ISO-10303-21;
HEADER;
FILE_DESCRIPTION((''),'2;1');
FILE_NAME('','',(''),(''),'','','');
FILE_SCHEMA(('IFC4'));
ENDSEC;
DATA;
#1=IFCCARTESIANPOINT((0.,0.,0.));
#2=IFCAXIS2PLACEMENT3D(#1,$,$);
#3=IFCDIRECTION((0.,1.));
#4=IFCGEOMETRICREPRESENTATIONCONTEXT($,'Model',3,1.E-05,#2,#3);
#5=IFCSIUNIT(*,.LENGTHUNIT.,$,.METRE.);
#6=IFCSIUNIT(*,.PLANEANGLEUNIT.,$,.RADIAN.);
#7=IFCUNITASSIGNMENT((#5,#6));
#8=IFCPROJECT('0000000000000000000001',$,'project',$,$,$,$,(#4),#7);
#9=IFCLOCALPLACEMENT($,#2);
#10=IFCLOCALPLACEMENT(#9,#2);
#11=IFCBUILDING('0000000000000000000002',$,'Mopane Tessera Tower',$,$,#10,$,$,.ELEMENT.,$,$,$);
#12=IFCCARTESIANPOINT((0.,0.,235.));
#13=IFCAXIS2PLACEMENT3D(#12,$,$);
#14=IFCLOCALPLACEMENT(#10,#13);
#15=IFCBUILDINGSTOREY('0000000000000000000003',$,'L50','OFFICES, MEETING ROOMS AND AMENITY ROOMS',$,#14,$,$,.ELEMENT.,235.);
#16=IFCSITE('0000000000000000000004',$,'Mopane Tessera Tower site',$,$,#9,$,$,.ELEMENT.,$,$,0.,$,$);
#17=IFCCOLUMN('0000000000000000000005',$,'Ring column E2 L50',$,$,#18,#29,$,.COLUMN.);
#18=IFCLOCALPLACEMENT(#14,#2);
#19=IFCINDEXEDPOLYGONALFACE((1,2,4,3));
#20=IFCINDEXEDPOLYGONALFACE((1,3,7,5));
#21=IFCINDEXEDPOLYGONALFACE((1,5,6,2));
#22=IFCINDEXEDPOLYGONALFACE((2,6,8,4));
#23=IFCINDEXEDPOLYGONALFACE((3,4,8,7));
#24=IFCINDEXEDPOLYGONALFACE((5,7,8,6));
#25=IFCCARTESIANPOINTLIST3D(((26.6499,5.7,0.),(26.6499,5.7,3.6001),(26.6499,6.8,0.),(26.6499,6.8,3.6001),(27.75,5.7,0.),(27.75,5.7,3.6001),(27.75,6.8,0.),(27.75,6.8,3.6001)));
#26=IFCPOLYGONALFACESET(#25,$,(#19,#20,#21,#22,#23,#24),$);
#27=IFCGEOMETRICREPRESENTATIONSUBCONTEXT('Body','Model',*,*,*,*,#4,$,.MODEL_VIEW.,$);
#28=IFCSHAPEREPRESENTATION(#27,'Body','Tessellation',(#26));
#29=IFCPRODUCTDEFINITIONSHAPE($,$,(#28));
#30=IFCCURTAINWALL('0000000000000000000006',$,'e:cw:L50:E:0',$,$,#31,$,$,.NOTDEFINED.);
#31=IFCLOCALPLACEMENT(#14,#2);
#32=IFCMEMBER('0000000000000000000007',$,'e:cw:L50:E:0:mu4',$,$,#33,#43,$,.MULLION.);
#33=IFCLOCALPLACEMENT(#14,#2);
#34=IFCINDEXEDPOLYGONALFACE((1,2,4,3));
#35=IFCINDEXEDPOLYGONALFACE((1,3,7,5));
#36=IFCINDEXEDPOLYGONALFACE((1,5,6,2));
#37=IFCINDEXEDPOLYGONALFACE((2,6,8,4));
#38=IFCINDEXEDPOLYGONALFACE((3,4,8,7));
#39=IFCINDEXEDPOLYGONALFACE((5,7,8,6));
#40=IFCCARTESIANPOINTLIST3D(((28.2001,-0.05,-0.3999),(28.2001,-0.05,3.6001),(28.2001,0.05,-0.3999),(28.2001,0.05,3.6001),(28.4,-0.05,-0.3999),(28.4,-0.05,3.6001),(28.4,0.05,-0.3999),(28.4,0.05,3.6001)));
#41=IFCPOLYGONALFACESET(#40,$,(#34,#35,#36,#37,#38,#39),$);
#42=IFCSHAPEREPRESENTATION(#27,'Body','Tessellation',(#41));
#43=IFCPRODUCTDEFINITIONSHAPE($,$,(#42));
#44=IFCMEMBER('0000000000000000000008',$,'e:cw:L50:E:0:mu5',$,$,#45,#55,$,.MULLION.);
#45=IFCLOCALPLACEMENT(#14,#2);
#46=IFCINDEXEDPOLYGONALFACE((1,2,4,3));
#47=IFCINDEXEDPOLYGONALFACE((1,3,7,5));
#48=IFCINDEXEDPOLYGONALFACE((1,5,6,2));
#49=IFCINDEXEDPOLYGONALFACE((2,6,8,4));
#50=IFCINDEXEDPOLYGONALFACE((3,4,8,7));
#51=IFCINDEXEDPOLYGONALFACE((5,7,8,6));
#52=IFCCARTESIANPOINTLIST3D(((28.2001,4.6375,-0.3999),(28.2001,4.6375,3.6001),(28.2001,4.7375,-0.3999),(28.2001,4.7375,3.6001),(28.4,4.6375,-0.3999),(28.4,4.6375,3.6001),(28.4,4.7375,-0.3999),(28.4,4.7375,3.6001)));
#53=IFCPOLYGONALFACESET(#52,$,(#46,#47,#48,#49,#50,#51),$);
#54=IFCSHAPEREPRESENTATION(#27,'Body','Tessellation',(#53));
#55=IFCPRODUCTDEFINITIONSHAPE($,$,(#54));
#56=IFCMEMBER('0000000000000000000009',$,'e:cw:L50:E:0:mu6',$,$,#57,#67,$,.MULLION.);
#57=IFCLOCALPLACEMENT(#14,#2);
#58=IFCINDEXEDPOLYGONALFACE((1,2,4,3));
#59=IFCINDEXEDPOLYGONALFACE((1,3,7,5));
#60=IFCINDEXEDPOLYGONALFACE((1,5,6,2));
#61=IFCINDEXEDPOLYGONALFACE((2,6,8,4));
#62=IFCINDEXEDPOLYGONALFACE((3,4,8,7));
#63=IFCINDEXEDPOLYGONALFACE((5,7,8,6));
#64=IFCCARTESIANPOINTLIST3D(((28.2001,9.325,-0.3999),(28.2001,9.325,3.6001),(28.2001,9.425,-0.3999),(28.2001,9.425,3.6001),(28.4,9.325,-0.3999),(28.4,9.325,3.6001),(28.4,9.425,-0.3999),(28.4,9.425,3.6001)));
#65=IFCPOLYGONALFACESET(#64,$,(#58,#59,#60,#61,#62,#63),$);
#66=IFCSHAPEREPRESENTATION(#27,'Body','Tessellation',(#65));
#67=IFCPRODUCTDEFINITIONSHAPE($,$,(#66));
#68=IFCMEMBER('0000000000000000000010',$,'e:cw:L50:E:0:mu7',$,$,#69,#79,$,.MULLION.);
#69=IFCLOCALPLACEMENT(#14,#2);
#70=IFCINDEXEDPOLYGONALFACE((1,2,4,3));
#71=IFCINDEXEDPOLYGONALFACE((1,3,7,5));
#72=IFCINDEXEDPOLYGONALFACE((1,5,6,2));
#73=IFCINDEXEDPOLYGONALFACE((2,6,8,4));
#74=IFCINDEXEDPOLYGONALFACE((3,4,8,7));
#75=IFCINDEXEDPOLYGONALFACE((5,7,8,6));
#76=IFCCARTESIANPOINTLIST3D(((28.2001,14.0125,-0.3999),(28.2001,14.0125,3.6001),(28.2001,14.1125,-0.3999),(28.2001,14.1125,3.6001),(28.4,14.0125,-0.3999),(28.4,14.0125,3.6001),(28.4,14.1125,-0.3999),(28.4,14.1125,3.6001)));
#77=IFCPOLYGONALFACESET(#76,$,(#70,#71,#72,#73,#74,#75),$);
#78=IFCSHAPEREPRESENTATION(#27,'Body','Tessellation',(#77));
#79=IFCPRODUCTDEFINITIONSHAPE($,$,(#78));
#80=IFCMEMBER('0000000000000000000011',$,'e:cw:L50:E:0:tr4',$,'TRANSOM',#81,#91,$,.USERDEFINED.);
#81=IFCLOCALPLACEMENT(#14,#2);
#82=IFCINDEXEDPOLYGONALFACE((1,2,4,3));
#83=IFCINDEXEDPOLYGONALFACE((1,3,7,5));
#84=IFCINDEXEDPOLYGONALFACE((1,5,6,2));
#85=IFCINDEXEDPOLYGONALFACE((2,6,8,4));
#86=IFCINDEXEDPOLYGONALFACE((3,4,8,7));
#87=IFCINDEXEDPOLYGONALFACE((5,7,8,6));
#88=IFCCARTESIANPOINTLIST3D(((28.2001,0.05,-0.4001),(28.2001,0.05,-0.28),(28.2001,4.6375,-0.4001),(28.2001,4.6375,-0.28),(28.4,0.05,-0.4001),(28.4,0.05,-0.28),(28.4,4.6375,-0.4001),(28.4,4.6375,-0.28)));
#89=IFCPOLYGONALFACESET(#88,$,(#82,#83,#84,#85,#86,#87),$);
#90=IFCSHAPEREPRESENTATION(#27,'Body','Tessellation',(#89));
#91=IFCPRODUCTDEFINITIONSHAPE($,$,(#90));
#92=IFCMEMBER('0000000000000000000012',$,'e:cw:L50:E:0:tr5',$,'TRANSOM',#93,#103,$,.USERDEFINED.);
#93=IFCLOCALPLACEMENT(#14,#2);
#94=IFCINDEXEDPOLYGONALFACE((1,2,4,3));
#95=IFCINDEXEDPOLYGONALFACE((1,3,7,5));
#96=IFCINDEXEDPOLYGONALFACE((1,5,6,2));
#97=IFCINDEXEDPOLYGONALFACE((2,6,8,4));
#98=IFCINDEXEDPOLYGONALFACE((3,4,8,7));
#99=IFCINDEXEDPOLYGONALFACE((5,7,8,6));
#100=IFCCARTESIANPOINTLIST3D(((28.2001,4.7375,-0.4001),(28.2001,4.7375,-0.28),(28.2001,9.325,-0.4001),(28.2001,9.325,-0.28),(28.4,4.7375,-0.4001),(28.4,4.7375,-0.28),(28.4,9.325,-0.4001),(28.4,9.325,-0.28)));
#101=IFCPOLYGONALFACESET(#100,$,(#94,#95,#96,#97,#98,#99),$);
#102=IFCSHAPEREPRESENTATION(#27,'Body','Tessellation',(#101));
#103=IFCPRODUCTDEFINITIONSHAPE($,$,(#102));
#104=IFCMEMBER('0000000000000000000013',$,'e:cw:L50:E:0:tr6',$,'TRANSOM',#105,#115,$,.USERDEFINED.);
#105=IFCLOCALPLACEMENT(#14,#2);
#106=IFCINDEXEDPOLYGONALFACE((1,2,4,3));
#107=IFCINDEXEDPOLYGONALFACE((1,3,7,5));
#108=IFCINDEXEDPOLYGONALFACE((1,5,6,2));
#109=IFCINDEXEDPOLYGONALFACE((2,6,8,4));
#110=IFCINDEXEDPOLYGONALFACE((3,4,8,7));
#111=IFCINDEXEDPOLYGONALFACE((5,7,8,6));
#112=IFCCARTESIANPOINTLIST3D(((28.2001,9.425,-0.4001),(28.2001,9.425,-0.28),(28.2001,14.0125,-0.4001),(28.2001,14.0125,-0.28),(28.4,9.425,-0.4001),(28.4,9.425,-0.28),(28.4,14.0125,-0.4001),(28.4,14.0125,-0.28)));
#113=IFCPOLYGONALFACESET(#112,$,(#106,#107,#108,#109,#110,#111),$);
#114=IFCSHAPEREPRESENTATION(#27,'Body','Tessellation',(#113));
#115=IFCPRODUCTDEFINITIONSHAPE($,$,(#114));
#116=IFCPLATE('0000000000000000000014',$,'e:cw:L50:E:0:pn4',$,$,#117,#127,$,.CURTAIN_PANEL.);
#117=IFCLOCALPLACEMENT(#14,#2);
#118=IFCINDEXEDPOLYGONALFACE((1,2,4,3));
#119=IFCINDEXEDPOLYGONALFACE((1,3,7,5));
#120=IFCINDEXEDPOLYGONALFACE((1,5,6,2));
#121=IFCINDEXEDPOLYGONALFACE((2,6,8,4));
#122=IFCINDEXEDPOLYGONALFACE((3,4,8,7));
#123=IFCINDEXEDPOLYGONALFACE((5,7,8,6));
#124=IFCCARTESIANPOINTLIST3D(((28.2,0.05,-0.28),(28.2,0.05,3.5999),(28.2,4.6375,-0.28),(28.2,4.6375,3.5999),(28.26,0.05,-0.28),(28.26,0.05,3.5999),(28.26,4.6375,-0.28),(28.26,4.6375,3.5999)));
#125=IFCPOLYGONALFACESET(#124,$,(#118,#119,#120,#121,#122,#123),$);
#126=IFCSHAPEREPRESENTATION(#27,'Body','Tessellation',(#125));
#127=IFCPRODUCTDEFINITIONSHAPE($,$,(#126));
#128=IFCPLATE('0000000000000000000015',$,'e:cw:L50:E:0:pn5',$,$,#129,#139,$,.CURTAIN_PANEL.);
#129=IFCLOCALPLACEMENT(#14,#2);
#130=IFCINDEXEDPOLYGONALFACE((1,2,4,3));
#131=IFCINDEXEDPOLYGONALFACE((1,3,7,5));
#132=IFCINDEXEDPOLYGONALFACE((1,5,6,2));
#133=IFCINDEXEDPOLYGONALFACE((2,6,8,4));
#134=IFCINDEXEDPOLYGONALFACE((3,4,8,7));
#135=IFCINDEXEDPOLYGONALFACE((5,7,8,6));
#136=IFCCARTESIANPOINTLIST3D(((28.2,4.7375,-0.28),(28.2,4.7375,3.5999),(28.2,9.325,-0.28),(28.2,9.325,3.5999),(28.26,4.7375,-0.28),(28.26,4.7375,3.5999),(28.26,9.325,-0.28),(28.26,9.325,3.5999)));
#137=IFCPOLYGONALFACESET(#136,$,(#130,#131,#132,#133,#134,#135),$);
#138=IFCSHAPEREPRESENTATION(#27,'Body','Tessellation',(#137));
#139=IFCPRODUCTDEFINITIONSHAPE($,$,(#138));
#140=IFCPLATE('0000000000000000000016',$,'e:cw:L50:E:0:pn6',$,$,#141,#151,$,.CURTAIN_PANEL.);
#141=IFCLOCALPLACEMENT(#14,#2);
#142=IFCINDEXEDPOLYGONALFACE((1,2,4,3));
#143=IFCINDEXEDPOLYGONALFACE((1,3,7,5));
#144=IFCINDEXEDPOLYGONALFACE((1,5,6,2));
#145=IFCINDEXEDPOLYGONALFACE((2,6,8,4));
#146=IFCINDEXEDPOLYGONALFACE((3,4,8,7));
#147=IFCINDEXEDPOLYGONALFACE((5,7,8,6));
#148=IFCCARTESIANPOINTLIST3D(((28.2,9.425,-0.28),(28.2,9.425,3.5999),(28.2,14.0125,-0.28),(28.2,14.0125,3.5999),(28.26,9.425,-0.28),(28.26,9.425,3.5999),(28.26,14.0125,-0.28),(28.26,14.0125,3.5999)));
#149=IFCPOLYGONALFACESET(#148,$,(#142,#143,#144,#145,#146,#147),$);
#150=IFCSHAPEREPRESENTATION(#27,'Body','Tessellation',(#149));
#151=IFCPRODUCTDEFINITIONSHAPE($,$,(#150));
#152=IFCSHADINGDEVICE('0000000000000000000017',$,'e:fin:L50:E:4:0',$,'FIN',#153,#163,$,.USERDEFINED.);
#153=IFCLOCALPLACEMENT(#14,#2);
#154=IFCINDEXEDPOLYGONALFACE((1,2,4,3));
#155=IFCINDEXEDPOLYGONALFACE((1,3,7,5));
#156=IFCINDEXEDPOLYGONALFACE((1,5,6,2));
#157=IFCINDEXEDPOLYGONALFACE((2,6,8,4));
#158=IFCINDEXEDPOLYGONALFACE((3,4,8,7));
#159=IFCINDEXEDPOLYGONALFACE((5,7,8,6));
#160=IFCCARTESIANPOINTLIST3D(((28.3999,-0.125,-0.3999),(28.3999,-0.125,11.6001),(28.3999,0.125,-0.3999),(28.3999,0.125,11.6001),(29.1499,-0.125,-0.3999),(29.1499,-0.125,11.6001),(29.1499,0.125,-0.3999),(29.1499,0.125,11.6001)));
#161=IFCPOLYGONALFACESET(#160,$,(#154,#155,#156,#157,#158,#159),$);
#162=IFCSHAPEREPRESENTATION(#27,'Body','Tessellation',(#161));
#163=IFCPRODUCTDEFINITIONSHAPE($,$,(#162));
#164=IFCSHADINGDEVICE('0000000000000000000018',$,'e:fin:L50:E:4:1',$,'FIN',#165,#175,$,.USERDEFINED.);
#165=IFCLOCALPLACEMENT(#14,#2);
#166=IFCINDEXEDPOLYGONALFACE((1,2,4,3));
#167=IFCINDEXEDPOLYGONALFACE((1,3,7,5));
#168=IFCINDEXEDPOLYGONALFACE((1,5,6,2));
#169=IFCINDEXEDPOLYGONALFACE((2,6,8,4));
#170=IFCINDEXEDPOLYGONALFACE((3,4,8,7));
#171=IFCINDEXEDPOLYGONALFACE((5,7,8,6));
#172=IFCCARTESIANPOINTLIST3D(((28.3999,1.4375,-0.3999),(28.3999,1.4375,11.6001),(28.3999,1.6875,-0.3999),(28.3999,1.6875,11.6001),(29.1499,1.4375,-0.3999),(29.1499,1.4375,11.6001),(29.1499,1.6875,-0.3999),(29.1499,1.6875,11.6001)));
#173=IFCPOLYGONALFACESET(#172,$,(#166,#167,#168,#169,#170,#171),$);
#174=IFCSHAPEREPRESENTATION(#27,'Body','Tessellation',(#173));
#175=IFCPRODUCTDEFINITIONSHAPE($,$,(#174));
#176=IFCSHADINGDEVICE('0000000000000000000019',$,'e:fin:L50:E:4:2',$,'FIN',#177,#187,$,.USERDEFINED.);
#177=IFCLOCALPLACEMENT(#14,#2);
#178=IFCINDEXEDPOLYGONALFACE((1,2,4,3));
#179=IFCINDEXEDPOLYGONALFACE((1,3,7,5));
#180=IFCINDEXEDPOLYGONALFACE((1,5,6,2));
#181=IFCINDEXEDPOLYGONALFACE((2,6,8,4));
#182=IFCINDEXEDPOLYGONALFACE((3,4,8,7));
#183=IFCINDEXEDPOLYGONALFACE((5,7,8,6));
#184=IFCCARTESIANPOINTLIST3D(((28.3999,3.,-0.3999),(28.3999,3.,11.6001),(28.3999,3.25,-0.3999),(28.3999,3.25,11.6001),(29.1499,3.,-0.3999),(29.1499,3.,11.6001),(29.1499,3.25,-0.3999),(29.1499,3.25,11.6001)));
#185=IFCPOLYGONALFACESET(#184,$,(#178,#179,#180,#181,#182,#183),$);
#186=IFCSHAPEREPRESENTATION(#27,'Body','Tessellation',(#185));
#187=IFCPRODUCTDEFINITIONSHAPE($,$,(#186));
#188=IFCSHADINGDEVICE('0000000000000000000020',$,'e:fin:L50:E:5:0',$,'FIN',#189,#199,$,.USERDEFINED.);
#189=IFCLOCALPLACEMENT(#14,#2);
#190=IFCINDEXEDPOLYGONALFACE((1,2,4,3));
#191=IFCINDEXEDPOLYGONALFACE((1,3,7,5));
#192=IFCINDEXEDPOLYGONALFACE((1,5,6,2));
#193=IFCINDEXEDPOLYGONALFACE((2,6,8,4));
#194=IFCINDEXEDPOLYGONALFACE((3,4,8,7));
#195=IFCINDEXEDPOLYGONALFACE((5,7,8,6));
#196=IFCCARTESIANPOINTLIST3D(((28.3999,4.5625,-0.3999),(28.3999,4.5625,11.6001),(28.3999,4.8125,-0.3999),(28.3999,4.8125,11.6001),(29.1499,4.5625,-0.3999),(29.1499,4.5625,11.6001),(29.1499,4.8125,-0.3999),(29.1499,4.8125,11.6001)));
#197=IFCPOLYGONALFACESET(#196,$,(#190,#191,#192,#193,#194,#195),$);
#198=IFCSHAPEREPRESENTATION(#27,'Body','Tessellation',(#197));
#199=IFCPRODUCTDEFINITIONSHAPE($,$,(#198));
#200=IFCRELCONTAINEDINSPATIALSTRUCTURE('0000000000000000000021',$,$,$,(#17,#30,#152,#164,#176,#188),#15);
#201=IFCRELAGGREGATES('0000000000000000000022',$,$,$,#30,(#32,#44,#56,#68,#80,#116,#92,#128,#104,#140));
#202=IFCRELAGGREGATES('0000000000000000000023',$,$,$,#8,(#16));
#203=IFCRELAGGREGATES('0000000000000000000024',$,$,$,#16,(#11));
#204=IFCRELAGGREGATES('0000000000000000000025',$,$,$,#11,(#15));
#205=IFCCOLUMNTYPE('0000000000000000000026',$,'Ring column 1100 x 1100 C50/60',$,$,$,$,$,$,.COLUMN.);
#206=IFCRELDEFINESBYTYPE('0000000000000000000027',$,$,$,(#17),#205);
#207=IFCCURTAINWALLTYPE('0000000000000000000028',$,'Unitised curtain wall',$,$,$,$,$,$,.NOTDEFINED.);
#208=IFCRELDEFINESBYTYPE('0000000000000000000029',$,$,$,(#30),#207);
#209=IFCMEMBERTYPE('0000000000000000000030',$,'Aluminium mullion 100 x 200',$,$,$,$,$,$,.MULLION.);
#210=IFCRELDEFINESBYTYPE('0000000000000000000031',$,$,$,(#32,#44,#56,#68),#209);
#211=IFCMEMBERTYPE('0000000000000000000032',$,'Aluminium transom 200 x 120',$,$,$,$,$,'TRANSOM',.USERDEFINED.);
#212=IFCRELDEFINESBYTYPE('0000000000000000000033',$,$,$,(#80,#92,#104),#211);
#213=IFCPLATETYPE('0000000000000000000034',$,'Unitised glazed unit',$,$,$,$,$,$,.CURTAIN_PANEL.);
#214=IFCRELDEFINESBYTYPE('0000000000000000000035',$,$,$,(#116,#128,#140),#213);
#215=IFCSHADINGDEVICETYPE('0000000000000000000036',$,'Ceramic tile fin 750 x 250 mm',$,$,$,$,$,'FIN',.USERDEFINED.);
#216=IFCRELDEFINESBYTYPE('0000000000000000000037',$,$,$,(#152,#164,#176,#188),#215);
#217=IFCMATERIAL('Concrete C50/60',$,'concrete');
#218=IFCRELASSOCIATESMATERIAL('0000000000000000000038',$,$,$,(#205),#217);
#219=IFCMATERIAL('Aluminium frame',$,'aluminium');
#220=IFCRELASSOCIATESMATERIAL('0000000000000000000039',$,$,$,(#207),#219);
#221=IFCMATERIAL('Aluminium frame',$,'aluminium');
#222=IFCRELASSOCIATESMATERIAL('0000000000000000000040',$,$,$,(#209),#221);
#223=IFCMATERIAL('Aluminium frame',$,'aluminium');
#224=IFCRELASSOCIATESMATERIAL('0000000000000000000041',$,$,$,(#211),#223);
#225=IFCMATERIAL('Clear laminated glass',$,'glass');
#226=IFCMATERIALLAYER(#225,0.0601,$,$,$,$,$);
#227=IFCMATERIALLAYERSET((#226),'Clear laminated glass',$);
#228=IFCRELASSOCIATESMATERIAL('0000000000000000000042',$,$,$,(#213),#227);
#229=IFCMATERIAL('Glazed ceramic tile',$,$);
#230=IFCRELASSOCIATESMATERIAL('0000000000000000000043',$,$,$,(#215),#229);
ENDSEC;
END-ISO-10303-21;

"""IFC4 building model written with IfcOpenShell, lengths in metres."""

from ifc_helpers import new_model, si_unit, direction, frame, origin, origin_2d, place, context, subcontext, project, spatial, rectangle, extrude, material, layer, layer_set, material_profile, profile_set, type_object, element, aggregate, save


model = new_model("IFC4")

# Units and contexts
model_context = context("Model", 3, precision=1e-05, world=origin(), true_north=direction((0.0, 1.0)))
body_context = subcontext(model_context, "Body", "Model", "MODEL_VIEW")
ifc_project = project(units=[si_unit("LENGTHUNIT", "METRE"), si_unit("PLANEANGLEUNIT", "RADIAN")], contexts=[model_context])

# Site, building, storey
site_placement = place(None, origin())
site = spatial("IfcSite", under=ifc_project, at=site_placement, Name="Mopane Tessera Tower site", CompositionType="ELEMENT", RefElevation=0.0)
building_placement = place(site_placement, origin())
building = spatial("IfcBuilding", under=site, at=building_placement, Name="Mopane Tessera Tower", CompositionType="ELEMENT")
storey_placement = place(building_placement, frame((0.0, 0.0, 235.0)))
storey = spatial("IfcBuildingStorey", under=building, at=storey_placement, Name="L50", Description="OFFICES, MEETING ROOMS AND AMENITY ROOMS", CompositionType="ELEMENT", Elevation=235.0)

# Column
ifc_material_1 = material(Name="Concrete C50/60", Category="concrete")
ifc_material_profile_1 = material_profile(ifc_material_1, rectangle(XDim=1.1001, YDim=1.1001, at=origin_2d()))
ifc_profile_set_1 = profile_set([ifc_material_profile_1], Name="Concrete C50/60")
column_type = type_object("IfcColumnType", Name="Ring column 1100 x 1100 C50/60", PredefinedType="COLUMN", material=ifc_profile_set_1)
column_placement = place(storey_placement, frame((27.2, 6.25, 0.0), z_axis=(0.0, 0.0, 1.0), x_axis=(1.0, 0.0, 0.0)))
element("IfcColumn", 1, at=column_placement, inside=storey, type_object=column_type, Name="Ring column E2 L50", PredefinedType="COLUMN", context=body_context, shape_type="SweptSolid", body=[
    extrude(rectangle(XDim=1.1001, YDim=1.1001, at=origin_2d()), origin(), (0.0, 0.0, 1.0), 3.6001),
])

# Curtain wall, members, plates
ifc_material_2 = material(Name="Aluminium frame", Category="aluminium")
curtain_wall_type = type_object("IfcCurtainWallType", Name="Unitised curtain wall", PredefinedType="NOTDEFINED", material=ifc_material_2)
curtain_wall_placement = place(storey_placement, origin())
curtain_wall = element("IfcCurtainWall", 2, at=curtain_wall_placement, inside=storey, type_object=curtain_wall_type, Name="e:cw:L50:E:0", PredefinedType="NOTDEFINED")
ifc_material_3 = material(Name="Aluminium frame", Category="aluminium")
ifc_material_profile_2 = material_profile(ifc_material_3, rectangle(XDim=0.1001, YDim=0.2, at=origin_2d()))
ifc_profile_set_2 = profile_set([ifc_material_profile_2], Name="Aluminium frame")
member_type_1 = type_object("IfcMemberType", Name="Aluminium mullion 100 x 200", PredefinedType="MULLION", material=ifc_profile_set_2)
member_1_placement = place(storey_placement, frame((28.3, 0.0, -0.3999), z_axis=(0.0, 0.0, 1.0), x_axis=(0.0, 1.0, 0.0)))
member_1 = element("IfcMember", 3, at=member_1_placement, type_object=member_type_1, Name="e:cw:L50:E:0:mu4", PredefinedType="MULLION", context=body_context, shape_type="SweptSolid", body=[
    extrude(rectangle(XDim=0.1001, YDim=0.2, at=origin_2d()), origin(), (0.0, 0.0, 1.0), 4.0),
])
member_2_placement = place(storey_placement, frame((28.3, 4.6875, -0.3999), z_axis=(0.0, 0.0, 1.0), x_axis=(0.0, 1.0, 0.0)))
member_2 = element("IfcMember", 4, at=member_2_placement, type_object=member_type_1, Name="e:cw:L50:E:0:mu5", PredefinedType="MULLION", context=body_context, shape_type="SweptSolid", body=[
    extrude(rectangle(XDim=0.1001, YDim=0.2, at=origin_2d()), origin(), (0.0, 0.0, 1.0), 4.0),
])
member_3_placement = place(storey_placement, frame((28.3, 9.375, -0.3999), z_axis=(0.0, 0.0, 1.0), x_axis=(0.0, 1.0, 0.0)))
member_3 = element("IfcMember", 5, at=member_3_placement, type_object=member_type_1, Name="e:cw:L50:E:0:mu6", PredefinedType="MULLION", context=body_context, shape_type="SweptSolid", body=[
    extrude(rectangle(XDim=0.1001, YDim=0.2, at=origin_2d()), origin(), (0.0, 0.0, 1.0), 4.0),
])
member_4_placement = place(storey_placement, frame((28.3, 14.0625, -0.3999), z_axis=(0.0, 0.0, 1.0), x_axis=(0.0, 1.0, 0.0)))
member_4 = element("IfcMember", 6, at=member_4_placement, type_object=member_type_1, Name="e:cw:L50:E:0:mu7", PredefinedType="MULLION", context=body_context, shape_type="SweptSolid", body=[
    extrude(rectangle(XDim=0.1001, YDim=0.2, at=origin_2d()), origin(), (0.0, 0.0, 1.0), 4.0),
])
ifc_material_4 = material(Name="Aluminium frame", Category="aluminium")
ifc_material_profile_3 = material_profile(ifc_material_4, rectangle(XDim=0.2, YDim=0.1201, at=origin_2d()))
ifc_profile_set_3 = profile_set([ifc_material_profile_3], Name="Aluminium frame")
member_type_2 = type_object("IfcMemberType", Name="Aluminium transom 200 x 120", ElementType="TRANSOM", PredefinedType="USERDEFINED", material=ifc_profile_set_3)
member_5_placement = place(storey_placement, frame((28.3, 0.05, -0.3401), z_axis=(0.0, 1.0, 0.0), x_axis=(-1.0, 0.0, 0.0)))
member_5 = element("IfcMember", 7, at=member_5_placement, type_object=member_type_2, Name="e:cw:L50:E:0:tr4", ObjectType="TRANSOM", PredefinedType="USERDEFINED", context=body_context, shape_type="SweptSolid", body=[
    extrude(rectangle(XDim=0.2, YDim=0.1201, at=origin_2d()), origin(), (0.0, 0.0, 1.0), 4.5874),
])
member_6_placement = place(storey_placement, frame((28.3, 4.7375, -0.3401), z_axis=(0.0, 1.0, 0.0), x_axis=(-1.0, 0.0, 0.0)))
member_6 = element("IfcMember", 8, at=member_6_placement, type_object=member_type_2, Name="e:cw:L50:E:0:tr5", ObjectType="TRANSOM", PredefinedType="USERDEFINED", context=body_context, shape_type="SweptSolid", body=[
    extrude(rectangle(XDim=0.2, YDim=0.1201, at=origin_2d()), origin(), (0.0, 0.0, 1.0), 4.5874),
])
member_7_placement = place(storey_placement, frame((28.3, 9.425, -0.3401), z_axis=(0.0, 1.0, 0.0), x_axis=(-1.0, 0.0, 0.0)))
member_7 = element("IfcMember", 9, at=member_7_placement, type_object=member_type_2, Name="e:cw:L50:E:0:tr6", ObjectType="TRANSOM", PredefinedType="USERDEFINED", context=body_context, shape_type="SweptSolid", body=[
    extrude(rectangle(XDim=0.2, YDim=0.1201, at=origin_2d()), origin(), (0.0, 0.0, 1.0), 4.5874),
])
ifc_material_5 = material(Name="Clear laminated glass", Category="glass")
ifc_layer = layer(ifc_material_5, 0.0601)
ifc_layer_set = layer_set([ifc_layer], Name="Clear laminated glass")
plate_type = type_object("IfcPlateType", Name="Unitised glazed unit", PredefinedType="CURTAIN_PANEL", material=ifc_layer_set)
plate_1_placement = place(storey_placement, frame((28.23, 2.3438, -0.28), z_axis=(0.0, 0.0, 1.0), x_axis=(0.0, 1.0, 0.0)))
plate_1 = element("IfcPlate", 10, at=plate_1_placement, type_object=plate_type, Name="e:cw:L50:E:0:pn4", PredefinedType="CURTAIN_PANEL", context=body_context, shape_type="SweptSolid", body=[
    extrude(rectangle(XDim=4.5874, YDim=0.0601, at=origin_2d()), origin(), (0.0, 0.0, 1.0), 3.8799),
])
plate_2_placement = place(storey_placement, frame((28.23, 7.0312, -0.28), z_axis=(0.0, 0.0, 1.0), x_axis=(0.0, 1.0, 0.0)))
plate_2 = element("IfcPlate", 11, at=plate_2_placement, type_object=plate_type, Name="e:cw:L50:E:0:pn5", PredefinedType="CURTAIN_PANEL", context=body_context, shape_type="SweptSolid", body=[
    extrude(rectangle(XDim=4.5874, YDim=0.0601, at=origin_2d()), origin(), (0.0, 0.0, 1.0), 3.8799),
])
plate_3_placement = place(storey_placement, frame((28.23, 11.7188, -0.28), z_axis=(0.0, 0.0, 1.0), x_axis=(0.0, 1.0, 0.0)))
plate_3 = element("IfcPlate", 12, at=plate_3_placement, type_object=plate_type, Name="e:cw:L50:E:0:pn6", PredefinedType="CURTAIN_PANEL", context=body_context, shape_type="SweptSolid", body=[
    extrude(rectangle(XDim=4.5874, YDim=0.0601, at=origin_2d()), origin(), (0.0, 0.0, 1.0), 3.8799),
])
aggregate(curtain_wall, [member_1, member_2, member_3, member_4, member_5, plate_1, member_6, plate_2, member_7, plate_3])

# Shading devices
ifc_material_6 = material(Name="Glazed ceramic tile")
shading_device_type = type_object("IfcShadingDeviceType", Name="Ceramic tile fin 750 x 250 mm", ElementType="FIN", PredefinedType="USERDEFINED", material=ifc_material_6)
for number, where, z_axis, x_axis, name in (
    (13, (28.7749, 0.0, -0.3999), (0.0, 0.0, 1.0), (0.0, 1.0, 0.0), "e:fin:L50:E:4:0"),
    (14, (28.7749, 1.5625, -0.3999), (0.0, 0.0, 1.0), (0.0, 1.0, 0.0), "e:fin:L50:E:4:1"),
    (15, (28.7749, 3.125, -0.3999), (0.0, 0.0, 1.0), (0.0, 1.0, 0.0), "e:fin:L50:E:4:2"),
    (16, (28.7749, 4.6875, -0.3999), (0.0, 0.0, 1.0), (0.0, 1.0, 0.0), "e:fin:L50:E:5:0"),
):
    element("IfcShadingDevice", number, at=place(storey_placement, frame(where, z_axis=z_axis, x_axis=x_axis)), inside=storey, type_object=shading_device_type, Name=name, ObjectType="FIN", PredefinedType="USERDEFINED", context=body_context, shape_type="SweptSolid", body=[
        extrude(rectangle(XDim=0.25, YDim=0.75, at=origin_2d()), origin(), (0.0, 0.0, 1.0), 12.0),
    ])

save(model, "model.ifc")
